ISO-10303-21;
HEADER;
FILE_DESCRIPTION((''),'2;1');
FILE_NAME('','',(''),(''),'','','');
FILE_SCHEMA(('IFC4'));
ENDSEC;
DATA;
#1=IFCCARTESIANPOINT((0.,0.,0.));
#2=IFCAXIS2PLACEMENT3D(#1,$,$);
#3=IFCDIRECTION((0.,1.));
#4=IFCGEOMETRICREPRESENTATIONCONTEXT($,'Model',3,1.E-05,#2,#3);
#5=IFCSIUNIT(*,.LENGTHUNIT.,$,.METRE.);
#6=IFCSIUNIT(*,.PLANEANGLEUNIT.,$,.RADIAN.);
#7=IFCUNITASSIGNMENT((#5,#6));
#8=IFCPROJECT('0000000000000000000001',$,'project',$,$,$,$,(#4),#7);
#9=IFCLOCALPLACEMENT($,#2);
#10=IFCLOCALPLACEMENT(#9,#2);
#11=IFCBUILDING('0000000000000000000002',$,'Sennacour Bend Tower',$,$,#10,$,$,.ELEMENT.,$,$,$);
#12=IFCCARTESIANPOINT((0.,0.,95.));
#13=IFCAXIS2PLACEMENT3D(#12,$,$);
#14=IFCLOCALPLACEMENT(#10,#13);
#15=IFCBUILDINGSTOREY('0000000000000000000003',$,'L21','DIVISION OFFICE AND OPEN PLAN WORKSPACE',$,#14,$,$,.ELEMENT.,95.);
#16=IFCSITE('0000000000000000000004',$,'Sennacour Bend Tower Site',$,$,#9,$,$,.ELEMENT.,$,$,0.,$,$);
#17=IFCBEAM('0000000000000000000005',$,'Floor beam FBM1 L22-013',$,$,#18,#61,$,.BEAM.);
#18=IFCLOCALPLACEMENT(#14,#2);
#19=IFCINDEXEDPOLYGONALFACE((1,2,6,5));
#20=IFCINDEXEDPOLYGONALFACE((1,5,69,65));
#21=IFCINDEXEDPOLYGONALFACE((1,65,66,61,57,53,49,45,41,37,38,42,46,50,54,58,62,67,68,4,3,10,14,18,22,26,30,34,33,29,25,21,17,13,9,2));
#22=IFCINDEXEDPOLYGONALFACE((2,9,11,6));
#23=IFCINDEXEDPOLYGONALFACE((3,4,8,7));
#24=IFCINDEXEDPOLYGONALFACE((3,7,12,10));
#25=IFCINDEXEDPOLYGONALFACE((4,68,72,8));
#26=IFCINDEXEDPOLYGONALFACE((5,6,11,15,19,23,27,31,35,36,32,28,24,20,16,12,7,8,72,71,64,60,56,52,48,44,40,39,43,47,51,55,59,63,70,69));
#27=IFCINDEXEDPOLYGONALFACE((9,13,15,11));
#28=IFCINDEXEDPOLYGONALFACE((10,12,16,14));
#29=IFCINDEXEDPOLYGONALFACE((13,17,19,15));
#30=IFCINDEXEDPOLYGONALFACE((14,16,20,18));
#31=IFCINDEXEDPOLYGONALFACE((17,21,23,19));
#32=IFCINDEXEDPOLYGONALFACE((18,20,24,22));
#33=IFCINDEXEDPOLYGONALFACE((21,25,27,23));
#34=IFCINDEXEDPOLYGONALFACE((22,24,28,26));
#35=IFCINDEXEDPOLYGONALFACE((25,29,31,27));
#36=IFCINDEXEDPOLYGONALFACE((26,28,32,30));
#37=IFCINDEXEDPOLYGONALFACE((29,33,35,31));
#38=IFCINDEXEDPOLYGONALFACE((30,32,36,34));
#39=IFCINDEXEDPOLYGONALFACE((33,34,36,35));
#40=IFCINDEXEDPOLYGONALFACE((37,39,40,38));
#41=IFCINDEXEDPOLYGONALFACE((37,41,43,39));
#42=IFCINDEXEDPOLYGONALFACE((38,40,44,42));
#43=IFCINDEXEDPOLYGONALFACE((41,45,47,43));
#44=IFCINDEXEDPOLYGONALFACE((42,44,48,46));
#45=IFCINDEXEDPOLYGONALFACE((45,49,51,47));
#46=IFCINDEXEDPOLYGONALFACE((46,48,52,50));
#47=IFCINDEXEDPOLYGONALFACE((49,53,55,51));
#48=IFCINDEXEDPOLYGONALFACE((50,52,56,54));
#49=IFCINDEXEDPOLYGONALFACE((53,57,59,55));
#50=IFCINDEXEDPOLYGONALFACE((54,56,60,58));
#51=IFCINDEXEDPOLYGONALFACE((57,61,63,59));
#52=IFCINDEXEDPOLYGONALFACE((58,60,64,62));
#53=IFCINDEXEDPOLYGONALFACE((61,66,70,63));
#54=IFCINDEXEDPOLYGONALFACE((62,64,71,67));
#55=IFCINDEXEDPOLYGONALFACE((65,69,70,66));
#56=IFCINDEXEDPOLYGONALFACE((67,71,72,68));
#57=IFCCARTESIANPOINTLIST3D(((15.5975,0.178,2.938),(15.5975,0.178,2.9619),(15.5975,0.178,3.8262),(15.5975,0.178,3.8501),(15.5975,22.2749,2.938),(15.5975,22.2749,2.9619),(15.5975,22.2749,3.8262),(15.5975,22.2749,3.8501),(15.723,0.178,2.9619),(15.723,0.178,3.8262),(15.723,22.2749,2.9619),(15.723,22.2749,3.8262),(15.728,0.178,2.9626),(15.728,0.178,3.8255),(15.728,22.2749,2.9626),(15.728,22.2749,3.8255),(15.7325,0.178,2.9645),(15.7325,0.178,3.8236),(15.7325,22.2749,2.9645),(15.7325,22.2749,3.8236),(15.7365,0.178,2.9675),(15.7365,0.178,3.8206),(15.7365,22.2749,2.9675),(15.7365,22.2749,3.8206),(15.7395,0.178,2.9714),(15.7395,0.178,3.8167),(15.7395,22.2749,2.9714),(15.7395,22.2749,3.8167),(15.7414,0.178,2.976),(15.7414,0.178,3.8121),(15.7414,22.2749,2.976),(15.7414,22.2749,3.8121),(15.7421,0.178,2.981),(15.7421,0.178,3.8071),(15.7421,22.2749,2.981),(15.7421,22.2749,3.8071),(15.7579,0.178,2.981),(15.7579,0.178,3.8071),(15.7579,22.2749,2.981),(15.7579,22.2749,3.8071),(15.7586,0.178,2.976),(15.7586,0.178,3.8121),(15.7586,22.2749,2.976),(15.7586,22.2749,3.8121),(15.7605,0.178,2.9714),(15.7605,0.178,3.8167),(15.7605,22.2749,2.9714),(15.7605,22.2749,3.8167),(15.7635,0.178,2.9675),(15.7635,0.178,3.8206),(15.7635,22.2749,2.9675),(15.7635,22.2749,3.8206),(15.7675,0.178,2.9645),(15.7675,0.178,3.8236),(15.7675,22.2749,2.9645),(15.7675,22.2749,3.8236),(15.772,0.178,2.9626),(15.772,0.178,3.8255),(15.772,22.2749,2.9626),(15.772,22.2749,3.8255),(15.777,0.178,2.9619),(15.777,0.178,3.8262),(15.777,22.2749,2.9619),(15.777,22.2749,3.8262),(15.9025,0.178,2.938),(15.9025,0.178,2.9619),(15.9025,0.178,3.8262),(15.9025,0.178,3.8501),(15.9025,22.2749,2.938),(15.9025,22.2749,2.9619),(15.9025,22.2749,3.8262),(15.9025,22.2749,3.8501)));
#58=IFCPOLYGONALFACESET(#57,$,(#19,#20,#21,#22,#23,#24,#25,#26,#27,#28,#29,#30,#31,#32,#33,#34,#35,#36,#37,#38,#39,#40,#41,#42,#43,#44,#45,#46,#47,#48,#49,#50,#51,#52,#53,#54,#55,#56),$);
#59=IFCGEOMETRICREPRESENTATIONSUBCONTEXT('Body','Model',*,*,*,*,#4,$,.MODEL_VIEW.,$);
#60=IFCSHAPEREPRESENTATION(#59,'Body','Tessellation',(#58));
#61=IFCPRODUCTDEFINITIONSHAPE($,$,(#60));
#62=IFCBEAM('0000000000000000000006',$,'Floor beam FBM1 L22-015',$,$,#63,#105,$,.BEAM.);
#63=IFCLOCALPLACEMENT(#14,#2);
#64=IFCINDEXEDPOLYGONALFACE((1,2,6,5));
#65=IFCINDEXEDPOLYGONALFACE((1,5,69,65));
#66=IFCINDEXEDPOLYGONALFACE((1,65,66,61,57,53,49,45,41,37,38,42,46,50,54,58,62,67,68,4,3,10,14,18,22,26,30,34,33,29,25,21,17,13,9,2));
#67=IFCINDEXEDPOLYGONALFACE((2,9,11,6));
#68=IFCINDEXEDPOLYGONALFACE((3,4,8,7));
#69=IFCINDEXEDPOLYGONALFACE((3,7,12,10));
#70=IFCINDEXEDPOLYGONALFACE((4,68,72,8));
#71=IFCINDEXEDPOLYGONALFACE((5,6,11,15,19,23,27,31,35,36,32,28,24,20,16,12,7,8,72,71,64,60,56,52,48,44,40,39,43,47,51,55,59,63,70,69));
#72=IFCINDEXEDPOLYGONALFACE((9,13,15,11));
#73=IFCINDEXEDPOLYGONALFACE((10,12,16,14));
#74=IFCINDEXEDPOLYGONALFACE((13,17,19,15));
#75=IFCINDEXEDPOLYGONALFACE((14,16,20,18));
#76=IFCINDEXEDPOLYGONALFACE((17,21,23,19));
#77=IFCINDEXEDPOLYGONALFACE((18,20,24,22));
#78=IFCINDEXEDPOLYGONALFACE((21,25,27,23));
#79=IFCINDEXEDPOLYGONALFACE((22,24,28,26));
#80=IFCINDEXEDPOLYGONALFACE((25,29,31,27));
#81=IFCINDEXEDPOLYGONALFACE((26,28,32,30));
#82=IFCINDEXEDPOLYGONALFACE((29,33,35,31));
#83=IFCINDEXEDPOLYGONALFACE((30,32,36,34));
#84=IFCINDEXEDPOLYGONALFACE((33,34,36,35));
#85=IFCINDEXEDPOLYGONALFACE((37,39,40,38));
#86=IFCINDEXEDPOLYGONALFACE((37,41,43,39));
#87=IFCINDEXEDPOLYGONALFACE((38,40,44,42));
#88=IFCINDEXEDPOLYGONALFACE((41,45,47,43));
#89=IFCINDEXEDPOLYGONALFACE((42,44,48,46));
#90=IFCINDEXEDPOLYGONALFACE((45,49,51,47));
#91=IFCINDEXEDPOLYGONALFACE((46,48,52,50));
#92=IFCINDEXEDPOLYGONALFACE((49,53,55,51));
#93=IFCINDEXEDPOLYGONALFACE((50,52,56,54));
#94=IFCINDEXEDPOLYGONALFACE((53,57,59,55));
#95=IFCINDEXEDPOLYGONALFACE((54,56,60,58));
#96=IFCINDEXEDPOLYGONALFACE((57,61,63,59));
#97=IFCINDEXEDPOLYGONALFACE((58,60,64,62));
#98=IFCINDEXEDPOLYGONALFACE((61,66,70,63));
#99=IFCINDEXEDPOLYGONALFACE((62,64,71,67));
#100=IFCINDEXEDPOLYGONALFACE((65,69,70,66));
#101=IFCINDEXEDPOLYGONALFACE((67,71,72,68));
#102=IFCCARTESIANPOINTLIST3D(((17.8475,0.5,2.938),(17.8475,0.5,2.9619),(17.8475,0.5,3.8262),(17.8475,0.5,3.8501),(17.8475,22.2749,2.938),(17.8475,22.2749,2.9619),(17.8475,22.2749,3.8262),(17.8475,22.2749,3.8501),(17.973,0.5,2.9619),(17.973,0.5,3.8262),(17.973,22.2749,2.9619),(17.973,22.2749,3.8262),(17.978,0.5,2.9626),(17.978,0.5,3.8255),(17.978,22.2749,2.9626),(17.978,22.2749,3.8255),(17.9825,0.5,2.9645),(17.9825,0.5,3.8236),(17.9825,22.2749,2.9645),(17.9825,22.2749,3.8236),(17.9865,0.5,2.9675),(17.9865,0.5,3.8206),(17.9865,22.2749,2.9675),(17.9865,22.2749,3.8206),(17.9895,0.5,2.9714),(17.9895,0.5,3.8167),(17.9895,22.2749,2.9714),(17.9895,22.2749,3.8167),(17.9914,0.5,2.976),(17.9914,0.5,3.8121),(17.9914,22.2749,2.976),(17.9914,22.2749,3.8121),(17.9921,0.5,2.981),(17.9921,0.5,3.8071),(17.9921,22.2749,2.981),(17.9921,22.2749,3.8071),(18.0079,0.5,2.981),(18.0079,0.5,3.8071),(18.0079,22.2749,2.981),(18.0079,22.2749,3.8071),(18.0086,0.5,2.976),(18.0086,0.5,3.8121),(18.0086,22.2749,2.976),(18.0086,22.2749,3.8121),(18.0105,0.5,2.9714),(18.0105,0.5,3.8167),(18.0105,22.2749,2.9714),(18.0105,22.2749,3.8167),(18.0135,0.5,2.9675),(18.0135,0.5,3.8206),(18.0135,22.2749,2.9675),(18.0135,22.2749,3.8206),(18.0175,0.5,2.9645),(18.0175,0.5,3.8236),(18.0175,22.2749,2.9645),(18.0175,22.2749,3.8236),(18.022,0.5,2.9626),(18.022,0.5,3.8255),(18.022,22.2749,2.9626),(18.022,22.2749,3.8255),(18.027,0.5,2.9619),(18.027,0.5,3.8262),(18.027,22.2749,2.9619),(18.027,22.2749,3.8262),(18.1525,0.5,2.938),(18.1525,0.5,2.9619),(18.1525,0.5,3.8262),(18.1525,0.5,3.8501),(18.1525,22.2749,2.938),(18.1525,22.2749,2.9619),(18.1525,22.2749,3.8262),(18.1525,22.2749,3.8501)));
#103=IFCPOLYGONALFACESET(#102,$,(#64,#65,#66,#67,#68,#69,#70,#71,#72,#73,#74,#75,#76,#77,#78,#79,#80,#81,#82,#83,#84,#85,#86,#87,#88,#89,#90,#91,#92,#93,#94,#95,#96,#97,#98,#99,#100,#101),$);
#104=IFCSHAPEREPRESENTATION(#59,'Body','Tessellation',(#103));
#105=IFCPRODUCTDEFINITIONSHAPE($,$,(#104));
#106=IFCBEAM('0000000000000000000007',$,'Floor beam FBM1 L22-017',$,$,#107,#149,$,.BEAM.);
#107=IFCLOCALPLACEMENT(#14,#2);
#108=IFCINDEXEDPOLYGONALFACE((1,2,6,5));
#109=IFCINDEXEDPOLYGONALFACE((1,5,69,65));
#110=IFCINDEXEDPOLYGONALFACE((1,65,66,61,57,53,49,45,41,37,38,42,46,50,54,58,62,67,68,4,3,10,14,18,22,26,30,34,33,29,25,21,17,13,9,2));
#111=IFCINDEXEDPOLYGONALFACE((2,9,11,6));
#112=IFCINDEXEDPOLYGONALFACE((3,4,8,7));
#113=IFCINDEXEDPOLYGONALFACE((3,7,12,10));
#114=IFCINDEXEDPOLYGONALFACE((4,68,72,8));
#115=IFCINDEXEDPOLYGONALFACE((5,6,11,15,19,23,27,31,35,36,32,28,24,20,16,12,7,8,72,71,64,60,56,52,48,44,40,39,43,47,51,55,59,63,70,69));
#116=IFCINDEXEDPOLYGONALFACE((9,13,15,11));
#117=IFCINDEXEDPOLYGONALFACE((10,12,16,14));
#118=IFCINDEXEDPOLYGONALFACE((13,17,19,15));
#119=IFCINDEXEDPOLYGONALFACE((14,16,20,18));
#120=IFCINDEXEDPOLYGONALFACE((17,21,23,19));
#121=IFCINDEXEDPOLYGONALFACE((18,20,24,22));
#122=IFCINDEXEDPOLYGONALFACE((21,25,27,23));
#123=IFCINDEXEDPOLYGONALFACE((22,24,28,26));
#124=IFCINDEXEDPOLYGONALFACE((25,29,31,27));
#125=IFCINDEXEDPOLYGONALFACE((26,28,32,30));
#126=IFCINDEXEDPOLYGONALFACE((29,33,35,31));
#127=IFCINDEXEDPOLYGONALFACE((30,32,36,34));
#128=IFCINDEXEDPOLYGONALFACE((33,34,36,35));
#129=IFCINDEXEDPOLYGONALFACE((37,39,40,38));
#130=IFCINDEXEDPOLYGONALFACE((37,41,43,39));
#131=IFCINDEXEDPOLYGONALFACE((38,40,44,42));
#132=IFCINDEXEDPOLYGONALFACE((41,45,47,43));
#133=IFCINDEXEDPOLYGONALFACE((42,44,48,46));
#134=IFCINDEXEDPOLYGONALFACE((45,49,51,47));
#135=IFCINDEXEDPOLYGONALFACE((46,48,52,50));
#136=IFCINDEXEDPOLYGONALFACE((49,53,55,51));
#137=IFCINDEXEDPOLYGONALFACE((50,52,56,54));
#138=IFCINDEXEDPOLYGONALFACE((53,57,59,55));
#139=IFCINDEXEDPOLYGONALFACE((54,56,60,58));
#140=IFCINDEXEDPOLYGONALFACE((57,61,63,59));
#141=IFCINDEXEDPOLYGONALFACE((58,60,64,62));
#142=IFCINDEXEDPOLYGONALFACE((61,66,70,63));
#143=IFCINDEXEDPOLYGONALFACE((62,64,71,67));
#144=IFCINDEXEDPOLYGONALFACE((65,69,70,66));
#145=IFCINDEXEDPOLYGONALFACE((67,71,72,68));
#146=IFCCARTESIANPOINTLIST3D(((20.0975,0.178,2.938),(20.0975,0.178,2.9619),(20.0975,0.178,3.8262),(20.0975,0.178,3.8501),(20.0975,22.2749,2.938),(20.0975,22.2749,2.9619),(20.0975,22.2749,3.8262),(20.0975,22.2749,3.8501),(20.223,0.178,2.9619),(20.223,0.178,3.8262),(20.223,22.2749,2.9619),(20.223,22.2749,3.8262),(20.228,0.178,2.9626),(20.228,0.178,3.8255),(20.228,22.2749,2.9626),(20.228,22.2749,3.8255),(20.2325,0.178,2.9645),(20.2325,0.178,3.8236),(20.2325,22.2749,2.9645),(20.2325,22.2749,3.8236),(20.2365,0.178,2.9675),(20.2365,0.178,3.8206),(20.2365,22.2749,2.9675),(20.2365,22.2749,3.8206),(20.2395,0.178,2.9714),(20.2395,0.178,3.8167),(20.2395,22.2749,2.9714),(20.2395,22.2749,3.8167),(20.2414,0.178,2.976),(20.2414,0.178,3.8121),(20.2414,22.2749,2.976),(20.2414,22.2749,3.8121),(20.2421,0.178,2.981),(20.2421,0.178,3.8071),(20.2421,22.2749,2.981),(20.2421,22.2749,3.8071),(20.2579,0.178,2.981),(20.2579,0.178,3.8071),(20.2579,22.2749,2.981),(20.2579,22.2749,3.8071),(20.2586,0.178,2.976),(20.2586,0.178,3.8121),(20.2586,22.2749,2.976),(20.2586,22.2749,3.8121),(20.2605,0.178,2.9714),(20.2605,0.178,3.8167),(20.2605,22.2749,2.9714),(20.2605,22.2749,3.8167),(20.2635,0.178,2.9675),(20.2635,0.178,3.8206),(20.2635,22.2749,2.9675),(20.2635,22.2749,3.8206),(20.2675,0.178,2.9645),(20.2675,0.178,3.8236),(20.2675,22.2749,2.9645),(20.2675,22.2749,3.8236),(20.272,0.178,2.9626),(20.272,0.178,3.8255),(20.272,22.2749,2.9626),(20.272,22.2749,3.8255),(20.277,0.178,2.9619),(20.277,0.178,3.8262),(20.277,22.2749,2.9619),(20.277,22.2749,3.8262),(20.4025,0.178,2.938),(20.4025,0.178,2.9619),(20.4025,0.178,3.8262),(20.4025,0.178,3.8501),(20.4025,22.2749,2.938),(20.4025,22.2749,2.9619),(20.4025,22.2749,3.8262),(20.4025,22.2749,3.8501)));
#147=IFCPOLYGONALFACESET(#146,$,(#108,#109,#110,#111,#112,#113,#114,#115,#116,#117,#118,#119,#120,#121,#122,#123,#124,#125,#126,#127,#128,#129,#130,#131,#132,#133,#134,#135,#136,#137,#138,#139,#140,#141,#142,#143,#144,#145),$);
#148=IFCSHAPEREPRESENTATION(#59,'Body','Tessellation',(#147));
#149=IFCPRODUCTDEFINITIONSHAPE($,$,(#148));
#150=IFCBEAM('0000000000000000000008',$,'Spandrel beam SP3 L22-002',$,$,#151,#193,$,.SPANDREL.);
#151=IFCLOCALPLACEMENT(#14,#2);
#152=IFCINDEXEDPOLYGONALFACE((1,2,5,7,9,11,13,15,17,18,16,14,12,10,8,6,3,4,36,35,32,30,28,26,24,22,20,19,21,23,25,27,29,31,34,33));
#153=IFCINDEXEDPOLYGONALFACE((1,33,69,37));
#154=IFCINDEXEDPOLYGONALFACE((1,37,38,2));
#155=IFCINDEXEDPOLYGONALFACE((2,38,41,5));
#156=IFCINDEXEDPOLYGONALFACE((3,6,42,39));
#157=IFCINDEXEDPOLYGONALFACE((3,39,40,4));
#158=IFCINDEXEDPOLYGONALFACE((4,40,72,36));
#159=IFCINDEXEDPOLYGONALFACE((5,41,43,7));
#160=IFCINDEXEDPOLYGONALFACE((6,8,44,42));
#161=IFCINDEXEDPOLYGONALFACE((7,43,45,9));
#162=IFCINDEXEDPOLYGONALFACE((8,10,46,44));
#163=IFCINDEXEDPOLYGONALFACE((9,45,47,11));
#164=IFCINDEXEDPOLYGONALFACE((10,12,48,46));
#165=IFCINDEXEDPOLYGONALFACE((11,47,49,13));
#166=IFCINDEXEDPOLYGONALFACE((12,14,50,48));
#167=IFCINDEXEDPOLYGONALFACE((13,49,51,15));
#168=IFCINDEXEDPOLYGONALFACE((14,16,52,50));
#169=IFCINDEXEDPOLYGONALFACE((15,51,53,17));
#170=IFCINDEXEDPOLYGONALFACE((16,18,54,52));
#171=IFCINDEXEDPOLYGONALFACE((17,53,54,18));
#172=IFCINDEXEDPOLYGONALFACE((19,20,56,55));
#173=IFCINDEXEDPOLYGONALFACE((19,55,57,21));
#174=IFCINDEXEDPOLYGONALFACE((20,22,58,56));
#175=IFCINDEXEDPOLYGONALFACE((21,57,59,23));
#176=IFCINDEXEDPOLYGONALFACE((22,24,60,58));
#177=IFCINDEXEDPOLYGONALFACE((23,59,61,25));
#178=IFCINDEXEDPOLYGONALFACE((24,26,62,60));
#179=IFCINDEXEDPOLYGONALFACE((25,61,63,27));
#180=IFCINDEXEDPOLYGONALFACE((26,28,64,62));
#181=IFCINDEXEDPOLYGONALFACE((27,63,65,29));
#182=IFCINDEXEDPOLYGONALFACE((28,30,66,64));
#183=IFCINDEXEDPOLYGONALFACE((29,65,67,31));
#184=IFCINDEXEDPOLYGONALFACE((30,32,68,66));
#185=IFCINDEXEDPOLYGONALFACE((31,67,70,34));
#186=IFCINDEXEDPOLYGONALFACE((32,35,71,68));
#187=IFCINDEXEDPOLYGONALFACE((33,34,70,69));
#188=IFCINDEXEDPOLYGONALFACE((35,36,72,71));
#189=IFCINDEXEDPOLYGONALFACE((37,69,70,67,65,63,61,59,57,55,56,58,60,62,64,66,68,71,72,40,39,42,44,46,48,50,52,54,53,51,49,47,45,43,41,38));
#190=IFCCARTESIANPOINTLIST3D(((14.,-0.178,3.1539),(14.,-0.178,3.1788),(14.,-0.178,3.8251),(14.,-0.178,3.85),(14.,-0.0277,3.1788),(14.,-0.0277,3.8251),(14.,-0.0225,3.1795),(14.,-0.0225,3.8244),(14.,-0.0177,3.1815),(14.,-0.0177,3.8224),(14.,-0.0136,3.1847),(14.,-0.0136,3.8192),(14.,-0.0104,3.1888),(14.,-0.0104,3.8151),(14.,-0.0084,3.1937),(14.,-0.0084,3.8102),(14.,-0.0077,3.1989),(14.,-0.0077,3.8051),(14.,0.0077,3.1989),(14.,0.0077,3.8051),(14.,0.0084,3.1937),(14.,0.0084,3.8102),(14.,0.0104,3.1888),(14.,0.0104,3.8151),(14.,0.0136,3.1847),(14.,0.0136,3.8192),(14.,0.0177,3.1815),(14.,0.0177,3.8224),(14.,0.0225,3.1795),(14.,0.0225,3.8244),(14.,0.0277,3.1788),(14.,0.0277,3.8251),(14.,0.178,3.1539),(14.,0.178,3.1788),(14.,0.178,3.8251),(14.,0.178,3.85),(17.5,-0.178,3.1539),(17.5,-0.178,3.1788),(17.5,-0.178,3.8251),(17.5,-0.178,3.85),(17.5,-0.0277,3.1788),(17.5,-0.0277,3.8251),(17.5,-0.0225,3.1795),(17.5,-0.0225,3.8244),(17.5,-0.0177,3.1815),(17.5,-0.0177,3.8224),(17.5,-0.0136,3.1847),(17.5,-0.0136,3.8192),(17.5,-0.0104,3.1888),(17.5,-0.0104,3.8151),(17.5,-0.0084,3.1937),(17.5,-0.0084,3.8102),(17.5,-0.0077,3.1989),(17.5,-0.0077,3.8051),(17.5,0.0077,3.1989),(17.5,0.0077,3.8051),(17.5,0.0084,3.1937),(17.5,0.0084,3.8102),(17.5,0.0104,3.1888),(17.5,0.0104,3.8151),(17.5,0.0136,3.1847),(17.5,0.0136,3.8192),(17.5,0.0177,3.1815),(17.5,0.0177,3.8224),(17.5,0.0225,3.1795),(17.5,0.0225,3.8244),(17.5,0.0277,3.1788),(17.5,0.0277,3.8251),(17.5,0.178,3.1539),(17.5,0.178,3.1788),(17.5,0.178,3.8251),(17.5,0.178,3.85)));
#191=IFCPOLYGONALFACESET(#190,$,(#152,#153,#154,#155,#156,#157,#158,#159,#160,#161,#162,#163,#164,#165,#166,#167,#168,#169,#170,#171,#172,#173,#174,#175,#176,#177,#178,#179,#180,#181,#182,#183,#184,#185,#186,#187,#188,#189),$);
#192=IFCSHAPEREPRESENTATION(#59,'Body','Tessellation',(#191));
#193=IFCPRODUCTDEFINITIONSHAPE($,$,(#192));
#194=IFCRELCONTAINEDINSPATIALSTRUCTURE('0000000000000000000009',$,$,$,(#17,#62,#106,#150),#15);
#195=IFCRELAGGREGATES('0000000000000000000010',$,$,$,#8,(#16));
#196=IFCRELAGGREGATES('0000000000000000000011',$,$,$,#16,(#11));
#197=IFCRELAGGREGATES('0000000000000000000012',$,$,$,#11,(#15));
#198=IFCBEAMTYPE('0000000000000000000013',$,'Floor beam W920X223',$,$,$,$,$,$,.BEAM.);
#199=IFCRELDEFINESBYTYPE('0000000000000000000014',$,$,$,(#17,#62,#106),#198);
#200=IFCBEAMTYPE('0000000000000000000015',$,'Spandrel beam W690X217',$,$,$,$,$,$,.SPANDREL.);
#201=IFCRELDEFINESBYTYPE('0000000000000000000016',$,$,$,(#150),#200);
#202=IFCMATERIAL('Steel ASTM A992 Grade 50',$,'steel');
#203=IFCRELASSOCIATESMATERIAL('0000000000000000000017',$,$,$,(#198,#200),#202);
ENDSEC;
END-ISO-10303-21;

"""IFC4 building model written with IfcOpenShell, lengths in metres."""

from ifc_helpers import new_model, si_unit, direction, frame, origin, origin_2d, place, context, subcontext, project, spatial, i_section, extrude, material, material_profile, profile_set, type_object, element, save


model = new_model("IFC4")

# Units and contexts
model_context = context("Model", 3, precision=1e-05, world=origin(), true_north=direction((0.0, 1.0)))
body_context = subcontext(model_context, "Body", "Model", "MODEL_VIEW")
ifc_project = project(units=[si_unit("LENGTHUNIT", "METRE"), si_unit("PLANEANGLEUNIT", "RADIAN")], contexts=[model_context])

# Site, building, storey
site_placement = place(None, origin())
site = spatial("IfcSite", under=ifc_project, at=site_placement, Name="Sennacour Bend Tower Site", CompositionType="ELEMENT", RefElevation=0.0)
building_placement = place(site_placement, origin())
building = spatial("IfcBuilding", under=site, at=building_placement, Name="Sennacour Bend Tower", CompositionType="ELEMENT")
storey_placement = place(building_placement, frame((0.0, 0.0, 95.0)))
storey = spatial("IfcBuildingStorey", under=building, at=storey_placement, Name="L21", Description="DIVISION OFFICE AND OPEN PLAN WORKSPACE", CompositionType="ELEMENT", Elevation=95.0)

# Beams
ifc_material_1 = material(Name="Steel ASTM A992 Grade 50", Category="steel")
ifc_material_profile_1 = material_profile(ifc_material_1, i_section(OverallWidth=0.3049, OverallDepth=0.9121, WebThickness=0.0159, FlangeThickness=0.0239, FilletRadius=0.019, at=origin_2d()), Name="Steel ASTM A992 Grade 50", Category="steel")
ifc_profile_set_1 = profile_set([ifc_material_profile_1], Name="Steel ASTM A992 Grade 50")
beam_type_1 = type_object("IfcBeamType", Name="Floor beam W920X223", PredefinedType="BEAM", material=ifc_profile_set_1)
beam_1_placement = place(storey_placement, frame((15.75, 0.178, 3.394), z_axis=(0.0, 1.0, 0.0), x_axis=(-1.0, 0.0, 0.0)))
element("IfcBeam", 1, at=beam_1_placement, inside=storey, type_object=beam_type_1, Name="Floor beam FBM1 L22-013", PredefinedType="BEAM", context=body_context, shape_type="SweptSolid", body=[
    extrude(i_section(OverallWidth=0.3049, OverallDepth=0.9121, WebThickness=0.0159, FlangeThickness=0.0239, FilletRadius=0.019, at=origin_2d()), origin(), (0.0, 0.0, 1.0), 22.0969),
])
beam_2_placement = place(storey_placement, frame((18.0, 0.5, 3.394), z_axis=(0.0, 1.0, 0.0), x_axis=(-1.0, 0.0, 0.0)))
element("IfcBeam", 2, at=beam_2_placement, inside=storey, type_object=beam_type_1, Name="Floor beam FBM1 L22-015", PredefinedType="BEAM", context=body_context, shape_type="SweptSolid", body=[
    extrude(i_section(OverallWidth=0.3049, OverallDepth=0.9121, WebThickness=0.0159, FlangeThickness=0.0239, FilletRadius=0.019, at=origin_2d()), origin(), (0.0, 0.0, 1.0), 21.7749),
])
beam_3_placement = place(storey_placement, frame((20.25, 0.178, 3.394), z_axis=(0.0, 1.0, 0.0), x_axis=(-1.0, 0.0, 0.0)))
element("IfcBeam", 3, at=beam_3_placement, inside=storey, type_object=beam_type_1, Name="Floor beam FBM1 L22-017", PredefinedType="BEAM", context=body_context, shape_type="SweptSolid", body=[
    extrude(i_section(OverallWidth=0.3049, OverallDepth=0.9121, WebThickness=0.0159, FlangeThickness=0.0239, FilletRadius=0.019, at=origin_2d()), origin(), (0.0, 0.0, 1.0), 22.0969),
])
ifc_material_profile_2 = material_profile(ifc_material_1, i_section(OverallWidth=0.356, OverallDepth=0.696, WebThickness=0.0154, FlangeThickness=0.0249, FilletRadius=0.02, at=origin_2d()), Name="Steel ASTM A992 Grade 50", Category="steel")
ifc_profile_set_2 = profile_set([ifc_material_profile_2], Name="Steel ASTM A992 Grade 50")
beam_type_2 = type_object("IfcBeamType", Name="Spandrel beam W690X217", PredefinedType="SPANDREL", material=ifc_profile_set_2)
for number, where, z_axis, x_axis, name in (
    (4, (17.5, 0.0, 3.502), (-1.0, 0.0, 0.0), (0.0, -1.0, 0.0), "Spandrel beam SP3 L22-002"),
):
    element("IfcBeam", number, at=place(storey_placement, frame(where, z_axis=z_axis, x_axis=x_axis)), inside=storey, type_object=beam_type_2, Name=name, PredefinedType="SPANDREL", context=body_context, shape_type="SweptSolid", body=[
        extrude(i_section(OverallWidth=0.356, OverallDepth=0.696, WebThickness=0.0154, FlangeThickness=0.0249, FilletRadius=0.02, at=origin_2d()), origin(), (0.0, 0.0, 1.0), 3.5),
    ])

save(model, "model.ifc")
